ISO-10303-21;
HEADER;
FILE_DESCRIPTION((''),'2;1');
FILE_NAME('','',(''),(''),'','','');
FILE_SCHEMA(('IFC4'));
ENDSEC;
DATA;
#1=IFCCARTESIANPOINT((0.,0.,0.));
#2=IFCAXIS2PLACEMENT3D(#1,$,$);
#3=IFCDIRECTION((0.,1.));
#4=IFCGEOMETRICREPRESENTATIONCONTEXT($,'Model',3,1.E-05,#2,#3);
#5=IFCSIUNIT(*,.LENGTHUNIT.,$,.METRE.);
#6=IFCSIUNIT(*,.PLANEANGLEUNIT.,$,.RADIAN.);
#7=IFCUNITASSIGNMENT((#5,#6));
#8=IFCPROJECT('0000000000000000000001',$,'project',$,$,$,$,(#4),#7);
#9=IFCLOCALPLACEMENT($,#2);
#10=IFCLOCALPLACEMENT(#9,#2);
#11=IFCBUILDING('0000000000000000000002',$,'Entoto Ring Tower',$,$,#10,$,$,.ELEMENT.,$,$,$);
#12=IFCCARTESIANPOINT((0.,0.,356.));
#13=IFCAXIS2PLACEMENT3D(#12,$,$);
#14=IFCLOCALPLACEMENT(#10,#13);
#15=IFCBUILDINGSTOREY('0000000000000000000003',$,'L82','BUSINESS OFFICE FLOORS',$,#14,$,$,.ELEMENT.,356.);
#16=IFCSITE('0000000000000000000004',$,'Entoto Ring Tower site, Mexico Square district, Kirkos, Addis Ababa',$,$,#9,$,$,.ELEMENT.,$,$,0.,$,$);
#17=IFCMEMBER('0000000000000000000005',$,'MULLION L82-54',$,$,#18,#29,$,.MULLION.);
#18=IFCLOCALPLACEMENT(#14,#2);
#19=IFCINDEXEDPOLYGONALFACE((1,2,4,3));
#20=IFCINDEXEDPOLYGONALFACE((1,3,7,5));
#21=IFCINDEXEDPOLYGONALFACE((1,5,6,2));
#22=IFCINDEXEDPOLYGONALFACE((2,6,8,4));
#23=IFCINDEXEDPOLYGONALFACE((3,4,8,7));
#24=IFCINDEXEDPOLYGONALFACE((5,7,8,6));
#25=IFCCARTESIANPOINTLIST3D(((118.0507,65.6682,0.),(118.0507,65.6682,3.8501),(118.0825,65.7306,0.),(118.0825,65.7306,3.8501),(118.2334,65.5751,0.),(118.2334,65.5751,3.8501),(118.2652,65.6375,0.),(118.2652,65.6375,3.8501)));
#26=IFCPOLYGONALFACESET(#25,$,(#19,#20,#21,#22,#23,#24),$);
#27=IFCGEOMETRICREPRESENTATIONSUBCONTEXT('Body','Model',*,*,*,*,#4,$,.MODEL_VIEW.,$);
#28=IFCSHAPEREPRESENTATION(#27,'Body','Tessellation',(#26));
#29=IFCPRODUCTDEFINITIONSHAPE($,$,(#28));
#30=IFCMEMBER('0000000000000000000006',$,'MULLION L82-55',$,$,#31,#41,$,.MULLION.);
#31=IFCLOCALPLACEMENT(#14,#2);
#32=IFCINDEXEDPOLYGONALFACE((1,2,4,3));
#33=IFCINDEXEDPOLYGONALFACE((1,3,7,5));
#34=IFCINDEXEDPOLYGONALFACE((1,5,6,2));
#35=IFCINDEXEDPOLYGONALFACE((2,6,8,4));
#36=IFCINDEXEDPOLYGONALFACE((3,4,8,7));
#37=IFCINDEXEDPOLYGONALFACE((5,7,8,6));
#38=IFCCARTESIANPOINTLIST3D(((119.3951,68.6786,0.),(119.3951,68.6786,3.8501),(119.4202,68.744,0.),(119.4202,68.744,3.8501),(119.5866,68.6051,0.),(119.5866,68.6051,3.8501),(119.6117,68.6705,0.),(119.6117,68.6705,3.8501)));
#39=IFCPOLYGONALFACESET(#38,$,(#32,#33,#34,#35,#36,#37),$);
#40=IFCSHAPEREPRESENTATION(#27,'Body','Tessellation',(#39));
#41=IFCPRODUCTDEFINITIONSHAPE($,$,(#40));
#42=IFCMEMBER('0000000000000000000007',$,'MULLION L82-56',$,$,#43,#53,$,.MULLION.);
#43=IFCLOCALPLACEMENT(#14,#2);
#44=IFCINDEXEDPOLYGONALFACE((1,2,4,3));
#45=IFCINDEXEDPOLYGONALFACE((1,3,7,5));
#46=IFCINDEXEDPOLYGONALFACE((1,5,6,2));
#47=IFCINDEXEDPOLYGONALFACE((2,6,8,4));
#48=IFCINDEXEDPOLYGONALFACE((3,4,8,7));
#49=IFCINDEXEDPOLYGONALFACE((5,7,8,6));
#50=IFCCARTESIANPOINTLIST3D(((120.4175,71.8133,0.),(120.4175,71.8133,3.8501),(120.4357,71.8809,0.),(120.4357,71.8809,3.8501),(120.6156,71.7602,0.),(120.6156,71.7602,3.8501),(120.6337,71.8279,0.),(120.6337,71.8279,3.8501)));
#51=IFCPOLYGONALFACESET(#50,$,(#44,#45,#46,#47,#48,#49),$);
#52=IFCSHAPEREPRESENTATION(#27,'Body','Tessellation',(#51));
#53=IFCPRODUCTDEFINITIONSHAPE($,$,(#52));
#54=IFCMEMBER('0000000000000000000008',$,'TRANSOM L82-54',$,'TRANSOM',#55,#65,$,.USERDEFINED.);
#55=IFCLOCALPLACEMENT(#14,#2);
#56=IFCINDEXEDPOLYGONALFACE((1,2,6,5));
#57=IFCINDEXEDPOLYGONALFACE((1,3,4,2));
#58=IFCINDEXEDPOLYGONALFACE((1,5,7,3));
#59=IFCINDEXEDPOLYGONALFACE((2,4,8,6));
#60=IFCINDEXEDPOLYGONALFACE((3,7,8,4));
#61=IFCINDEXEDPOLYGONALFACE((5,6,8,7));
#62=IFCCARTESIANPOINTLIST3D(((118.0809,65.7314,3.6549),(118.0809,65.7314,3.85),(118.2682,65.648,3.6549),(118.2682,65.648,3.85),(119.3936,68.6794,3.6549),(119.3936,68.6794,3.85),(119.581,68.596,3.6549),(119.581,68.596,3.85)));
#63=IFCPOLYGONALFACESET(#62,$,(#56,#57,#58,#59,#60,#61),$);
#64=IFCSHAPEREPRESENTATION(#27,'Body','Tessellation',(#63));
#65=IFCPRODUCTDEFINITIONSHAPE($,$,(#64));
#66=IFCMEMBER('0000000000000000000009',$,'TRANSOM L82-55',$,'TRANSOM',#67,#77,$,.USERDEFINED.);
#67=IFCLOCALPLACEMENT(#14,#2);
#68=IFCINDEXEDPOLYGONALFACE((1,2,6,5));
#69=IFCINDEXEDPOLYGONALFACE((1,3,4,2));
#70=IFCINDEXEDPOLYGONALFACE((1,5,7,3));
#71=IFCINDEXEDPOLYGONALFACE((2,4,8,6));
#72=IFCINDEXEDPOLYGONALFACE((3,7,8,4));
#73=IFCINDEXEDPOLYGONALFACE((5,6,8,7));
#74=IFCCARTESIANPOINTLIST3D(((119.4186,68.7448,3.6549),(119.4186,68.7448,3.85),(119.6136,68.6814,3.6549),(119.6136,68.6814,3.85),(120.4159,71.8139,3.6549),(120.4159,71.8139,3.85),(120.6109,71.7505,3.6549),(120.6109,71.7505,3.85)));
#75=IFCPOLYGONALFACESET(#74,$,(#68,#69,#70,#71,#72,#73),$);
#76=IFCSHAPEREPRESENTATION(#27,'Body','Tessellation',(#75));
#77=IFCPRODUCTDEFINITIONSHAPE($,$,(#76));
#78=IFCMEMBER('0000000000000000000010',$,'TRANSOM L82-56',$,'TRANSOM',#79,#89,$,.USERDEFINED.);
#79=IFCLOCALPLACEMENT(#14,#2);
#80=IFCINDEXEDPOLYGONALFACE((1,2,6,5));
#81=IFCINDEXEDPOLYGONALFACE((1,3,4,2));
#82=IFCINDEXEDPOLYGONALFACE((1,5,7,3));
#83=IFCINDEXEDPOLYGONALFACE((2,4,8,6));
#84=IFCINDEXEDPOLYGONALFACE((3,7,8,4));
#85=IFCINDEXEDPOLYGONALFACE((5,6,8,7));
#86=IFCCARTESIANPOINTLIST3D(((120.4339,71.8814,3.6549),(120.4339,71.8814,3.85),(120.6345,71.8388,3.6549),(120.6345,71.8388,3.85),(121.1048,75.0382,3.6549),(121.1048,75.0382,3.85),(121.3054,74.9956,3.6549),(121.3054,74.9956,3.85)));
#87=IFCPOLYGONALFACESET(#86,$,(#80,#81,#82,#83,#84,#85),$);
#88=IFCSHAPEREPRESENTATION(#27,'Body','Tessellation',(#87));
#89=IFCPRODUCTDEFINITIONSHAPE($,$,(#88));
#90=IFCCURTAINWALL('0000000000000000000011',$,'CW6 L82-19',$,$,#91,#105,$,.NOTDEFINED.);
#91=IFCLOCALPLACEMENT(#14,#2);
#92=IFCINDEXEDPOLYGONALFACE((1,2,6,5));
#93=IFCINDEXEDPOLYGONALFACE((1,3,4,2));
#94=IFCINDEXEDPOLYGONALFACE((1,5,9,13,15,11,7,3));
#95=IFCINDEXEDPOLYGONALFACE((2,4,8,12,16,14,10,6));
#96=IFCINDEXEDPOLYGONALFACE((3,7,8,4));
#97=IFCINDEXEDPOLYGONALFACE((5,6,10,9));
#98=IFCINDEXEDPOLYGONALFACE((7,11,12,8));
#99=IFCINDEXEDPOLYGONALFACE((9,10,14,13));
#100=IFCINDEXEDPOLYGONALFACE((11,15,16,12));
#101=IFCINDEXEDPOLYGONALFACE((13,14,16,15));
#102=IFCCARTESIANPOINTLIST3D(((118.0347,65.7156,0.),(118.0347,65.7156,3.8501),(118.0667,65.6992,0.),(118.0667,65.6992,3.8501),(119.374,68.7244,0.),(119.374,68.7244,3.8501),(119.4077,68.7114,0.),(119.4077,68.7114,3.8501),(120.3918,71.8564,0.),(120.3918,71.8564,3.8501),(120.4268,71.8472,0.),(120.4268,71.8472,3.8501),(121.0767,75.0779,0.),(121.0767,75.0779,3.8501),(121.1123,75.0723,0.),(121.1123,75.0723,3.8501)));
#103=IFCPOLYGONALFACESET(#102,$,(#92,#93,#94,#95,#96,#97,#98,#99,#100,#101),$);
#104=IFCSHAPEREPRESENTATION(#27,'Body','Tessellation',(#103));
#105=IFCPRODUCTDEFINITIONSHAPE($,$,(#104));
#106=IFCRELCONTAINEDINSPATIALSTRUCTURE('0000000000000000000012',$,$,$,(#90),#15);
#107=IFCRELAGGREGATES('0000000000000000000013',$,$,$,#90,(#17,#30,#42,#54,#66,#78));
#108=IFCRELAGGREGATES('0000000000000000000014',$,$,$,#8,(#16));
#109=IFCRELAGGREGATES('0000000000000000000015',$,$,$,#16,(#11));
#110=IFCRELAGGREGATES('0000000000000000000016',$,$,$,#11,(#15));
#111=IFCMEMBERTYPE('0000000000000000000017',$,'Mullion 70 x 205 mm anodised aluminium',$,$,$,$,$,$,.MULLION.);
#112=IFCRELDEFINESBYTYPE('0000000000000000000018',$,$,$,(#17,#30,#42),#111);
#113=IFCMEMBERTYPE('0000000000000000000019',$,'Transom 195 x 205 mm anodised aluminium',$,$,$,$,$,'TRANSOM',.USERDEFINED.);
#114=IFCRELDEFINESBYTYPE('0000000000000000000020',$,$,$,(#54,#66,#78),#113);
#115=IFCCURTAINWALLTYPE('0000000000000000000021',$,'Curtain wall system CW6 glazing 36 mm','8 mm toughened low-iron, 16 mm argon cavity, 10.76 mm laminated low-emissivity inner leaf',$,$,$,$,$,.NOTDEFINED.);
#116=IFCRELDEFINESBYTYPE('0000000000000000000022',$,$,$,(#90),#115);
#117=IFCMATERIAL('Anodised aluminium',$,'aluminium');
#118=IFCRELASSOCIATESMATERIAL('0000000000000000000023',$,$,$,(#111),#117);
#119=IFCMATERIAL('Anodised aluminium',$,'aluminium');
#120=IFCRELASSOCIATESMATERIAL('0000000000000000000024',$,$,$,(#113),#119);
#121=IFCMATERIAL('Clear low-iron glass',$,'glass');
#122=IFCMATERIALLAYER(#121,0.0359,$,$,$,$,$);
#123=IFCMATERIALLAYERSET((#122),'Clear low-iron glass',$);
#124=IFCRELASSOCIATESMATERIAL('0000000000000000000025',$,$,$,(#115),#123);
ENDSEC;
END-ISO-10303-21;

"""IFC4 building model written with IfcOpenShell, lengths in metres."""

from ifc_helpers import new_model, si_unit, direction, frame, origin, origin_2d, place, context, subcontext, project, spatial, polyline, rectangle, outline, extrude, material, layer, layer_set, material_profile, profile_set, type_object, element, aggregate, save


model = new_model("IFC4")

# Units and contexts
model_context = context("Model", 3, precision=1e-05, world=origin(), true_north=direction((0.0, 1.0)))
body_context = subcontext(model_context, "Body", "Model", "MODEL_VIEW")
ifc_project = project(units=[si_unit("LENGTHUNIT", "METRE"), si_unit("PLANEANGLEUNIT", "RADIAN")], contexts=[model_context])

# Members
ifc_material_1 = material(Name="Anodised aluminium", Category="aluminium")
ifc_material_profile_1 = material_profile(ifc_material_1, rectangle(XDim=0.0701, YDim=0.2051, at=origin_2d()), Name="Mullion 70 x 205 mm anodised aluminium")
ifc_profile_set_1 = profile_set([ifc_material_profile_1], Name="Anodised aluminium")
member_type_1 = type_object("IfcMemberType", Name="Mullion 70 x 205 mm anodised aluminium", PredefinedType="MULLION", material=ifc_profile_set_1)
site_placement = place(None, origin())
building_placement = place(site_placement, origin())
storey_placement = place(building_placement, frame((0.0, 0.0, 356.0)))
member_1_placement = place(storey_placement, frame((118.158, 65.6528, 0.0), z_axis=(0.0, 0.0, 1.0), x_axis=(0.45399, 0.891007, 0.0)))
member_1 = element("IfcMember", 1, at=member_1_placement, type_object=member_type_1, Name="MULLION L82-54", PredefinedType="MULLION", context=body_context, shape_type="SweptSolid", body=[
    extrude(rectangle(XDim=0.0701, YDim=0.2051, at=origin_2d()), origin(), (0.0, 0.0, 1.0), 3.8501),
])
member_2_placement = place(storey_placement, frame((119.5034, 68.6746, 0.0), z_axis=(0.0, 0.0, 1.0), x_axis=(0.358368, 0.93358, 0.0)))
member_2 = element("IfcMember", 2, at=member_2_placement, type_object=member_type_1, Name="MULLION L82-55", PredefinedType="MULLION", context=body_context, shape_type="SweptSolid", body=[
    extrude(rectangle(XDim=0.0701, YDim=0.2051, at=origin_2d()), origin(), (0.0, 0.0, 1.0), 3.8501),
])
member_3_placement = place(storey_placement, frame((120.5256, 71.8206, 0.0), z_axis=(0.0, 0.0, 1.0), x_axis=(0.258819, 0.965926, 0.0)))
member_3 = element("IfcMember", 3, at=member_3_placement, type_object=member_type_1, Name="MULLION L82-56", PredefinedType="MULLION", context=body_context, shape_type="SweptSolid", body=[
    extrude(rectangle(XDim=0.0701, YDim=0.2051, at=origin_2d()), origin(), (0.0, 0.0, 1.0), 3.8501),
])
ifc_material_2 = material(Name="Anodised aluminium", Category="aluminium")
ifc_material_profile_2 = material_profile(ifc_material_2, rectangle(XDim=0.2051, YDim=0.1951, at=origin_2d()), Name="Transom 195 x 205 mm anodised aluminium")
ifc_profile_set_2 = profile_set([ifc_material_profile_2], Name="Anodised aluminium")
member_type_2 = type_object("IfcMemberType", Name="Transom 195 x 205 mm anodised aluminium", ElementType="TRANSOM", PredefinedType="USERDEFINED", material=ifc_profile_set_2)
member_4_placement = place(storey_placement, frame((118.1746, 65.6897, 3.7524), z_axis=(0.406791, 0.913521, 0.0), x_axis=(-0.913521, 0.406791, 0.0)))
member_4 = element("IfcMember", 4, at=member_4_placement, type_object=member_type_2, Name="TRANSOM L82-54", ObjectType="TRANSOM", PredefinedType="USERDEFINED", context=body_context, shape_type="SweptSolid", body=[
    extrude(rectangle(XDim=0.2051, YDim=0.1951, at=origin_2d()), origin(), (0.0, 0.0, 1.0), 3.2271),
])
member_5_placement = place(storey_placement, frame((119.5161, 68.7131, 3.7524), z_axis=(0.309047, 0.951047, 0.0), x_axis=(-0.951047, 0.309047, 0.0)))
member_5 = element("IfcMember", 5, at=member_5_placement, type_object=member_type_2, Name="TRANSOM L82-55", ObjectType="TRANSOM", PredefinedType="USERDEFINED", context=body_context, shape_type="SweptSolid", body=[
    extrude(rectangle(XDim=0.2051, YDim=0.1951, at=origin_2d()), origin(), (0.0, 0.0, 1.0), 3.2271),
])
member_6_placement = place(storey_placement, frame((120.5342, 71.8601, 3.7524), z_axis=(0.207886, 0.978153, 0.0), x_axis=(-0.978153, 0.207886, 0.0)))
member_6 = element("IfcMember", 6, at=member_6_placement, type_object=member_type_2, Name="TRANSOM L82-56", ObjectType="TRANSOM", PredefinedType="USERDEFINED", context=body_context, shape_type="SweptSolid", body=[
    extrude(rectangle(XDim=0.2051, YDim=0.1951, at=origin_2d()), origin(), (0.0, 0.0, 1.0), 3.2273),
])

# Site, building, storey
site = spatial("IfcSite", under=ifc_project, at=site_placement, Name="Entoto Ring Tower site, Mexico Square district, Kirkos, Addis Ababa", CompositionType="ELEMENT", RefElevation=0.0)
building = spatial("IfcBuilding", under=site, at=building_placement, Name="Entoto Ring Tower", CompositionType="ELEMENT")
storey = spatial("IfcBuildingStorey", under=building, at=storey_placement, Name="L82", Description="BUSINESS OFFICE FLOORS", CompositionType="ELEMENT", Elevation=356.0)

# Curtain wall
ifc_material_3 = material(Name="Clear low-iron glass", Category="glass")
ifc_layer = layer(ifc_material_3, 0.0359)
ifc_layer_set = layer_set([ifc_layer], Name="Clear low-iron glass")
curtain_wall_type = type_object("IfcCurtainWallType", Name="Curtain wall system CW6 glazing 36 mm", Description="8 mm toughened low-iron, 16 mm argon cavity, 10.76 mm laminated low-emissivity inner leaf", PredefinedType="NOTDEFINED", material=ifc_layer_set)
curtain_wall_1_placement = place(storey_placement, origin())
curtain_wall_1 = element("IfcCurtainWall", 7, at=curtain_wall_1_placement, inside=storey, type_object=curtain_wall_type, Name="CW6 L82-19", PredefinedType="NOTDEFINED", context=body_context, shape_type="SweptSolid", body=[
    extrude(outline(polyline([(118.0667, 65.6992), (119.4077, 68.7114), (120.4268, 71.8472), (121.1123, 75.0723), (121.0767, 75.0779), (120.3918, 71.8564), (119.374, 68.7244), (118.0347, 65.7156), (118.0667, 65.6992)])), origin(), (0.0, 0.0, 1.0), 3.8501),
])
aggregate(curtain_wall_1, [member_1, member_2, member_3, member_4, member_5, member_6])

save(model, "model.ifc")
